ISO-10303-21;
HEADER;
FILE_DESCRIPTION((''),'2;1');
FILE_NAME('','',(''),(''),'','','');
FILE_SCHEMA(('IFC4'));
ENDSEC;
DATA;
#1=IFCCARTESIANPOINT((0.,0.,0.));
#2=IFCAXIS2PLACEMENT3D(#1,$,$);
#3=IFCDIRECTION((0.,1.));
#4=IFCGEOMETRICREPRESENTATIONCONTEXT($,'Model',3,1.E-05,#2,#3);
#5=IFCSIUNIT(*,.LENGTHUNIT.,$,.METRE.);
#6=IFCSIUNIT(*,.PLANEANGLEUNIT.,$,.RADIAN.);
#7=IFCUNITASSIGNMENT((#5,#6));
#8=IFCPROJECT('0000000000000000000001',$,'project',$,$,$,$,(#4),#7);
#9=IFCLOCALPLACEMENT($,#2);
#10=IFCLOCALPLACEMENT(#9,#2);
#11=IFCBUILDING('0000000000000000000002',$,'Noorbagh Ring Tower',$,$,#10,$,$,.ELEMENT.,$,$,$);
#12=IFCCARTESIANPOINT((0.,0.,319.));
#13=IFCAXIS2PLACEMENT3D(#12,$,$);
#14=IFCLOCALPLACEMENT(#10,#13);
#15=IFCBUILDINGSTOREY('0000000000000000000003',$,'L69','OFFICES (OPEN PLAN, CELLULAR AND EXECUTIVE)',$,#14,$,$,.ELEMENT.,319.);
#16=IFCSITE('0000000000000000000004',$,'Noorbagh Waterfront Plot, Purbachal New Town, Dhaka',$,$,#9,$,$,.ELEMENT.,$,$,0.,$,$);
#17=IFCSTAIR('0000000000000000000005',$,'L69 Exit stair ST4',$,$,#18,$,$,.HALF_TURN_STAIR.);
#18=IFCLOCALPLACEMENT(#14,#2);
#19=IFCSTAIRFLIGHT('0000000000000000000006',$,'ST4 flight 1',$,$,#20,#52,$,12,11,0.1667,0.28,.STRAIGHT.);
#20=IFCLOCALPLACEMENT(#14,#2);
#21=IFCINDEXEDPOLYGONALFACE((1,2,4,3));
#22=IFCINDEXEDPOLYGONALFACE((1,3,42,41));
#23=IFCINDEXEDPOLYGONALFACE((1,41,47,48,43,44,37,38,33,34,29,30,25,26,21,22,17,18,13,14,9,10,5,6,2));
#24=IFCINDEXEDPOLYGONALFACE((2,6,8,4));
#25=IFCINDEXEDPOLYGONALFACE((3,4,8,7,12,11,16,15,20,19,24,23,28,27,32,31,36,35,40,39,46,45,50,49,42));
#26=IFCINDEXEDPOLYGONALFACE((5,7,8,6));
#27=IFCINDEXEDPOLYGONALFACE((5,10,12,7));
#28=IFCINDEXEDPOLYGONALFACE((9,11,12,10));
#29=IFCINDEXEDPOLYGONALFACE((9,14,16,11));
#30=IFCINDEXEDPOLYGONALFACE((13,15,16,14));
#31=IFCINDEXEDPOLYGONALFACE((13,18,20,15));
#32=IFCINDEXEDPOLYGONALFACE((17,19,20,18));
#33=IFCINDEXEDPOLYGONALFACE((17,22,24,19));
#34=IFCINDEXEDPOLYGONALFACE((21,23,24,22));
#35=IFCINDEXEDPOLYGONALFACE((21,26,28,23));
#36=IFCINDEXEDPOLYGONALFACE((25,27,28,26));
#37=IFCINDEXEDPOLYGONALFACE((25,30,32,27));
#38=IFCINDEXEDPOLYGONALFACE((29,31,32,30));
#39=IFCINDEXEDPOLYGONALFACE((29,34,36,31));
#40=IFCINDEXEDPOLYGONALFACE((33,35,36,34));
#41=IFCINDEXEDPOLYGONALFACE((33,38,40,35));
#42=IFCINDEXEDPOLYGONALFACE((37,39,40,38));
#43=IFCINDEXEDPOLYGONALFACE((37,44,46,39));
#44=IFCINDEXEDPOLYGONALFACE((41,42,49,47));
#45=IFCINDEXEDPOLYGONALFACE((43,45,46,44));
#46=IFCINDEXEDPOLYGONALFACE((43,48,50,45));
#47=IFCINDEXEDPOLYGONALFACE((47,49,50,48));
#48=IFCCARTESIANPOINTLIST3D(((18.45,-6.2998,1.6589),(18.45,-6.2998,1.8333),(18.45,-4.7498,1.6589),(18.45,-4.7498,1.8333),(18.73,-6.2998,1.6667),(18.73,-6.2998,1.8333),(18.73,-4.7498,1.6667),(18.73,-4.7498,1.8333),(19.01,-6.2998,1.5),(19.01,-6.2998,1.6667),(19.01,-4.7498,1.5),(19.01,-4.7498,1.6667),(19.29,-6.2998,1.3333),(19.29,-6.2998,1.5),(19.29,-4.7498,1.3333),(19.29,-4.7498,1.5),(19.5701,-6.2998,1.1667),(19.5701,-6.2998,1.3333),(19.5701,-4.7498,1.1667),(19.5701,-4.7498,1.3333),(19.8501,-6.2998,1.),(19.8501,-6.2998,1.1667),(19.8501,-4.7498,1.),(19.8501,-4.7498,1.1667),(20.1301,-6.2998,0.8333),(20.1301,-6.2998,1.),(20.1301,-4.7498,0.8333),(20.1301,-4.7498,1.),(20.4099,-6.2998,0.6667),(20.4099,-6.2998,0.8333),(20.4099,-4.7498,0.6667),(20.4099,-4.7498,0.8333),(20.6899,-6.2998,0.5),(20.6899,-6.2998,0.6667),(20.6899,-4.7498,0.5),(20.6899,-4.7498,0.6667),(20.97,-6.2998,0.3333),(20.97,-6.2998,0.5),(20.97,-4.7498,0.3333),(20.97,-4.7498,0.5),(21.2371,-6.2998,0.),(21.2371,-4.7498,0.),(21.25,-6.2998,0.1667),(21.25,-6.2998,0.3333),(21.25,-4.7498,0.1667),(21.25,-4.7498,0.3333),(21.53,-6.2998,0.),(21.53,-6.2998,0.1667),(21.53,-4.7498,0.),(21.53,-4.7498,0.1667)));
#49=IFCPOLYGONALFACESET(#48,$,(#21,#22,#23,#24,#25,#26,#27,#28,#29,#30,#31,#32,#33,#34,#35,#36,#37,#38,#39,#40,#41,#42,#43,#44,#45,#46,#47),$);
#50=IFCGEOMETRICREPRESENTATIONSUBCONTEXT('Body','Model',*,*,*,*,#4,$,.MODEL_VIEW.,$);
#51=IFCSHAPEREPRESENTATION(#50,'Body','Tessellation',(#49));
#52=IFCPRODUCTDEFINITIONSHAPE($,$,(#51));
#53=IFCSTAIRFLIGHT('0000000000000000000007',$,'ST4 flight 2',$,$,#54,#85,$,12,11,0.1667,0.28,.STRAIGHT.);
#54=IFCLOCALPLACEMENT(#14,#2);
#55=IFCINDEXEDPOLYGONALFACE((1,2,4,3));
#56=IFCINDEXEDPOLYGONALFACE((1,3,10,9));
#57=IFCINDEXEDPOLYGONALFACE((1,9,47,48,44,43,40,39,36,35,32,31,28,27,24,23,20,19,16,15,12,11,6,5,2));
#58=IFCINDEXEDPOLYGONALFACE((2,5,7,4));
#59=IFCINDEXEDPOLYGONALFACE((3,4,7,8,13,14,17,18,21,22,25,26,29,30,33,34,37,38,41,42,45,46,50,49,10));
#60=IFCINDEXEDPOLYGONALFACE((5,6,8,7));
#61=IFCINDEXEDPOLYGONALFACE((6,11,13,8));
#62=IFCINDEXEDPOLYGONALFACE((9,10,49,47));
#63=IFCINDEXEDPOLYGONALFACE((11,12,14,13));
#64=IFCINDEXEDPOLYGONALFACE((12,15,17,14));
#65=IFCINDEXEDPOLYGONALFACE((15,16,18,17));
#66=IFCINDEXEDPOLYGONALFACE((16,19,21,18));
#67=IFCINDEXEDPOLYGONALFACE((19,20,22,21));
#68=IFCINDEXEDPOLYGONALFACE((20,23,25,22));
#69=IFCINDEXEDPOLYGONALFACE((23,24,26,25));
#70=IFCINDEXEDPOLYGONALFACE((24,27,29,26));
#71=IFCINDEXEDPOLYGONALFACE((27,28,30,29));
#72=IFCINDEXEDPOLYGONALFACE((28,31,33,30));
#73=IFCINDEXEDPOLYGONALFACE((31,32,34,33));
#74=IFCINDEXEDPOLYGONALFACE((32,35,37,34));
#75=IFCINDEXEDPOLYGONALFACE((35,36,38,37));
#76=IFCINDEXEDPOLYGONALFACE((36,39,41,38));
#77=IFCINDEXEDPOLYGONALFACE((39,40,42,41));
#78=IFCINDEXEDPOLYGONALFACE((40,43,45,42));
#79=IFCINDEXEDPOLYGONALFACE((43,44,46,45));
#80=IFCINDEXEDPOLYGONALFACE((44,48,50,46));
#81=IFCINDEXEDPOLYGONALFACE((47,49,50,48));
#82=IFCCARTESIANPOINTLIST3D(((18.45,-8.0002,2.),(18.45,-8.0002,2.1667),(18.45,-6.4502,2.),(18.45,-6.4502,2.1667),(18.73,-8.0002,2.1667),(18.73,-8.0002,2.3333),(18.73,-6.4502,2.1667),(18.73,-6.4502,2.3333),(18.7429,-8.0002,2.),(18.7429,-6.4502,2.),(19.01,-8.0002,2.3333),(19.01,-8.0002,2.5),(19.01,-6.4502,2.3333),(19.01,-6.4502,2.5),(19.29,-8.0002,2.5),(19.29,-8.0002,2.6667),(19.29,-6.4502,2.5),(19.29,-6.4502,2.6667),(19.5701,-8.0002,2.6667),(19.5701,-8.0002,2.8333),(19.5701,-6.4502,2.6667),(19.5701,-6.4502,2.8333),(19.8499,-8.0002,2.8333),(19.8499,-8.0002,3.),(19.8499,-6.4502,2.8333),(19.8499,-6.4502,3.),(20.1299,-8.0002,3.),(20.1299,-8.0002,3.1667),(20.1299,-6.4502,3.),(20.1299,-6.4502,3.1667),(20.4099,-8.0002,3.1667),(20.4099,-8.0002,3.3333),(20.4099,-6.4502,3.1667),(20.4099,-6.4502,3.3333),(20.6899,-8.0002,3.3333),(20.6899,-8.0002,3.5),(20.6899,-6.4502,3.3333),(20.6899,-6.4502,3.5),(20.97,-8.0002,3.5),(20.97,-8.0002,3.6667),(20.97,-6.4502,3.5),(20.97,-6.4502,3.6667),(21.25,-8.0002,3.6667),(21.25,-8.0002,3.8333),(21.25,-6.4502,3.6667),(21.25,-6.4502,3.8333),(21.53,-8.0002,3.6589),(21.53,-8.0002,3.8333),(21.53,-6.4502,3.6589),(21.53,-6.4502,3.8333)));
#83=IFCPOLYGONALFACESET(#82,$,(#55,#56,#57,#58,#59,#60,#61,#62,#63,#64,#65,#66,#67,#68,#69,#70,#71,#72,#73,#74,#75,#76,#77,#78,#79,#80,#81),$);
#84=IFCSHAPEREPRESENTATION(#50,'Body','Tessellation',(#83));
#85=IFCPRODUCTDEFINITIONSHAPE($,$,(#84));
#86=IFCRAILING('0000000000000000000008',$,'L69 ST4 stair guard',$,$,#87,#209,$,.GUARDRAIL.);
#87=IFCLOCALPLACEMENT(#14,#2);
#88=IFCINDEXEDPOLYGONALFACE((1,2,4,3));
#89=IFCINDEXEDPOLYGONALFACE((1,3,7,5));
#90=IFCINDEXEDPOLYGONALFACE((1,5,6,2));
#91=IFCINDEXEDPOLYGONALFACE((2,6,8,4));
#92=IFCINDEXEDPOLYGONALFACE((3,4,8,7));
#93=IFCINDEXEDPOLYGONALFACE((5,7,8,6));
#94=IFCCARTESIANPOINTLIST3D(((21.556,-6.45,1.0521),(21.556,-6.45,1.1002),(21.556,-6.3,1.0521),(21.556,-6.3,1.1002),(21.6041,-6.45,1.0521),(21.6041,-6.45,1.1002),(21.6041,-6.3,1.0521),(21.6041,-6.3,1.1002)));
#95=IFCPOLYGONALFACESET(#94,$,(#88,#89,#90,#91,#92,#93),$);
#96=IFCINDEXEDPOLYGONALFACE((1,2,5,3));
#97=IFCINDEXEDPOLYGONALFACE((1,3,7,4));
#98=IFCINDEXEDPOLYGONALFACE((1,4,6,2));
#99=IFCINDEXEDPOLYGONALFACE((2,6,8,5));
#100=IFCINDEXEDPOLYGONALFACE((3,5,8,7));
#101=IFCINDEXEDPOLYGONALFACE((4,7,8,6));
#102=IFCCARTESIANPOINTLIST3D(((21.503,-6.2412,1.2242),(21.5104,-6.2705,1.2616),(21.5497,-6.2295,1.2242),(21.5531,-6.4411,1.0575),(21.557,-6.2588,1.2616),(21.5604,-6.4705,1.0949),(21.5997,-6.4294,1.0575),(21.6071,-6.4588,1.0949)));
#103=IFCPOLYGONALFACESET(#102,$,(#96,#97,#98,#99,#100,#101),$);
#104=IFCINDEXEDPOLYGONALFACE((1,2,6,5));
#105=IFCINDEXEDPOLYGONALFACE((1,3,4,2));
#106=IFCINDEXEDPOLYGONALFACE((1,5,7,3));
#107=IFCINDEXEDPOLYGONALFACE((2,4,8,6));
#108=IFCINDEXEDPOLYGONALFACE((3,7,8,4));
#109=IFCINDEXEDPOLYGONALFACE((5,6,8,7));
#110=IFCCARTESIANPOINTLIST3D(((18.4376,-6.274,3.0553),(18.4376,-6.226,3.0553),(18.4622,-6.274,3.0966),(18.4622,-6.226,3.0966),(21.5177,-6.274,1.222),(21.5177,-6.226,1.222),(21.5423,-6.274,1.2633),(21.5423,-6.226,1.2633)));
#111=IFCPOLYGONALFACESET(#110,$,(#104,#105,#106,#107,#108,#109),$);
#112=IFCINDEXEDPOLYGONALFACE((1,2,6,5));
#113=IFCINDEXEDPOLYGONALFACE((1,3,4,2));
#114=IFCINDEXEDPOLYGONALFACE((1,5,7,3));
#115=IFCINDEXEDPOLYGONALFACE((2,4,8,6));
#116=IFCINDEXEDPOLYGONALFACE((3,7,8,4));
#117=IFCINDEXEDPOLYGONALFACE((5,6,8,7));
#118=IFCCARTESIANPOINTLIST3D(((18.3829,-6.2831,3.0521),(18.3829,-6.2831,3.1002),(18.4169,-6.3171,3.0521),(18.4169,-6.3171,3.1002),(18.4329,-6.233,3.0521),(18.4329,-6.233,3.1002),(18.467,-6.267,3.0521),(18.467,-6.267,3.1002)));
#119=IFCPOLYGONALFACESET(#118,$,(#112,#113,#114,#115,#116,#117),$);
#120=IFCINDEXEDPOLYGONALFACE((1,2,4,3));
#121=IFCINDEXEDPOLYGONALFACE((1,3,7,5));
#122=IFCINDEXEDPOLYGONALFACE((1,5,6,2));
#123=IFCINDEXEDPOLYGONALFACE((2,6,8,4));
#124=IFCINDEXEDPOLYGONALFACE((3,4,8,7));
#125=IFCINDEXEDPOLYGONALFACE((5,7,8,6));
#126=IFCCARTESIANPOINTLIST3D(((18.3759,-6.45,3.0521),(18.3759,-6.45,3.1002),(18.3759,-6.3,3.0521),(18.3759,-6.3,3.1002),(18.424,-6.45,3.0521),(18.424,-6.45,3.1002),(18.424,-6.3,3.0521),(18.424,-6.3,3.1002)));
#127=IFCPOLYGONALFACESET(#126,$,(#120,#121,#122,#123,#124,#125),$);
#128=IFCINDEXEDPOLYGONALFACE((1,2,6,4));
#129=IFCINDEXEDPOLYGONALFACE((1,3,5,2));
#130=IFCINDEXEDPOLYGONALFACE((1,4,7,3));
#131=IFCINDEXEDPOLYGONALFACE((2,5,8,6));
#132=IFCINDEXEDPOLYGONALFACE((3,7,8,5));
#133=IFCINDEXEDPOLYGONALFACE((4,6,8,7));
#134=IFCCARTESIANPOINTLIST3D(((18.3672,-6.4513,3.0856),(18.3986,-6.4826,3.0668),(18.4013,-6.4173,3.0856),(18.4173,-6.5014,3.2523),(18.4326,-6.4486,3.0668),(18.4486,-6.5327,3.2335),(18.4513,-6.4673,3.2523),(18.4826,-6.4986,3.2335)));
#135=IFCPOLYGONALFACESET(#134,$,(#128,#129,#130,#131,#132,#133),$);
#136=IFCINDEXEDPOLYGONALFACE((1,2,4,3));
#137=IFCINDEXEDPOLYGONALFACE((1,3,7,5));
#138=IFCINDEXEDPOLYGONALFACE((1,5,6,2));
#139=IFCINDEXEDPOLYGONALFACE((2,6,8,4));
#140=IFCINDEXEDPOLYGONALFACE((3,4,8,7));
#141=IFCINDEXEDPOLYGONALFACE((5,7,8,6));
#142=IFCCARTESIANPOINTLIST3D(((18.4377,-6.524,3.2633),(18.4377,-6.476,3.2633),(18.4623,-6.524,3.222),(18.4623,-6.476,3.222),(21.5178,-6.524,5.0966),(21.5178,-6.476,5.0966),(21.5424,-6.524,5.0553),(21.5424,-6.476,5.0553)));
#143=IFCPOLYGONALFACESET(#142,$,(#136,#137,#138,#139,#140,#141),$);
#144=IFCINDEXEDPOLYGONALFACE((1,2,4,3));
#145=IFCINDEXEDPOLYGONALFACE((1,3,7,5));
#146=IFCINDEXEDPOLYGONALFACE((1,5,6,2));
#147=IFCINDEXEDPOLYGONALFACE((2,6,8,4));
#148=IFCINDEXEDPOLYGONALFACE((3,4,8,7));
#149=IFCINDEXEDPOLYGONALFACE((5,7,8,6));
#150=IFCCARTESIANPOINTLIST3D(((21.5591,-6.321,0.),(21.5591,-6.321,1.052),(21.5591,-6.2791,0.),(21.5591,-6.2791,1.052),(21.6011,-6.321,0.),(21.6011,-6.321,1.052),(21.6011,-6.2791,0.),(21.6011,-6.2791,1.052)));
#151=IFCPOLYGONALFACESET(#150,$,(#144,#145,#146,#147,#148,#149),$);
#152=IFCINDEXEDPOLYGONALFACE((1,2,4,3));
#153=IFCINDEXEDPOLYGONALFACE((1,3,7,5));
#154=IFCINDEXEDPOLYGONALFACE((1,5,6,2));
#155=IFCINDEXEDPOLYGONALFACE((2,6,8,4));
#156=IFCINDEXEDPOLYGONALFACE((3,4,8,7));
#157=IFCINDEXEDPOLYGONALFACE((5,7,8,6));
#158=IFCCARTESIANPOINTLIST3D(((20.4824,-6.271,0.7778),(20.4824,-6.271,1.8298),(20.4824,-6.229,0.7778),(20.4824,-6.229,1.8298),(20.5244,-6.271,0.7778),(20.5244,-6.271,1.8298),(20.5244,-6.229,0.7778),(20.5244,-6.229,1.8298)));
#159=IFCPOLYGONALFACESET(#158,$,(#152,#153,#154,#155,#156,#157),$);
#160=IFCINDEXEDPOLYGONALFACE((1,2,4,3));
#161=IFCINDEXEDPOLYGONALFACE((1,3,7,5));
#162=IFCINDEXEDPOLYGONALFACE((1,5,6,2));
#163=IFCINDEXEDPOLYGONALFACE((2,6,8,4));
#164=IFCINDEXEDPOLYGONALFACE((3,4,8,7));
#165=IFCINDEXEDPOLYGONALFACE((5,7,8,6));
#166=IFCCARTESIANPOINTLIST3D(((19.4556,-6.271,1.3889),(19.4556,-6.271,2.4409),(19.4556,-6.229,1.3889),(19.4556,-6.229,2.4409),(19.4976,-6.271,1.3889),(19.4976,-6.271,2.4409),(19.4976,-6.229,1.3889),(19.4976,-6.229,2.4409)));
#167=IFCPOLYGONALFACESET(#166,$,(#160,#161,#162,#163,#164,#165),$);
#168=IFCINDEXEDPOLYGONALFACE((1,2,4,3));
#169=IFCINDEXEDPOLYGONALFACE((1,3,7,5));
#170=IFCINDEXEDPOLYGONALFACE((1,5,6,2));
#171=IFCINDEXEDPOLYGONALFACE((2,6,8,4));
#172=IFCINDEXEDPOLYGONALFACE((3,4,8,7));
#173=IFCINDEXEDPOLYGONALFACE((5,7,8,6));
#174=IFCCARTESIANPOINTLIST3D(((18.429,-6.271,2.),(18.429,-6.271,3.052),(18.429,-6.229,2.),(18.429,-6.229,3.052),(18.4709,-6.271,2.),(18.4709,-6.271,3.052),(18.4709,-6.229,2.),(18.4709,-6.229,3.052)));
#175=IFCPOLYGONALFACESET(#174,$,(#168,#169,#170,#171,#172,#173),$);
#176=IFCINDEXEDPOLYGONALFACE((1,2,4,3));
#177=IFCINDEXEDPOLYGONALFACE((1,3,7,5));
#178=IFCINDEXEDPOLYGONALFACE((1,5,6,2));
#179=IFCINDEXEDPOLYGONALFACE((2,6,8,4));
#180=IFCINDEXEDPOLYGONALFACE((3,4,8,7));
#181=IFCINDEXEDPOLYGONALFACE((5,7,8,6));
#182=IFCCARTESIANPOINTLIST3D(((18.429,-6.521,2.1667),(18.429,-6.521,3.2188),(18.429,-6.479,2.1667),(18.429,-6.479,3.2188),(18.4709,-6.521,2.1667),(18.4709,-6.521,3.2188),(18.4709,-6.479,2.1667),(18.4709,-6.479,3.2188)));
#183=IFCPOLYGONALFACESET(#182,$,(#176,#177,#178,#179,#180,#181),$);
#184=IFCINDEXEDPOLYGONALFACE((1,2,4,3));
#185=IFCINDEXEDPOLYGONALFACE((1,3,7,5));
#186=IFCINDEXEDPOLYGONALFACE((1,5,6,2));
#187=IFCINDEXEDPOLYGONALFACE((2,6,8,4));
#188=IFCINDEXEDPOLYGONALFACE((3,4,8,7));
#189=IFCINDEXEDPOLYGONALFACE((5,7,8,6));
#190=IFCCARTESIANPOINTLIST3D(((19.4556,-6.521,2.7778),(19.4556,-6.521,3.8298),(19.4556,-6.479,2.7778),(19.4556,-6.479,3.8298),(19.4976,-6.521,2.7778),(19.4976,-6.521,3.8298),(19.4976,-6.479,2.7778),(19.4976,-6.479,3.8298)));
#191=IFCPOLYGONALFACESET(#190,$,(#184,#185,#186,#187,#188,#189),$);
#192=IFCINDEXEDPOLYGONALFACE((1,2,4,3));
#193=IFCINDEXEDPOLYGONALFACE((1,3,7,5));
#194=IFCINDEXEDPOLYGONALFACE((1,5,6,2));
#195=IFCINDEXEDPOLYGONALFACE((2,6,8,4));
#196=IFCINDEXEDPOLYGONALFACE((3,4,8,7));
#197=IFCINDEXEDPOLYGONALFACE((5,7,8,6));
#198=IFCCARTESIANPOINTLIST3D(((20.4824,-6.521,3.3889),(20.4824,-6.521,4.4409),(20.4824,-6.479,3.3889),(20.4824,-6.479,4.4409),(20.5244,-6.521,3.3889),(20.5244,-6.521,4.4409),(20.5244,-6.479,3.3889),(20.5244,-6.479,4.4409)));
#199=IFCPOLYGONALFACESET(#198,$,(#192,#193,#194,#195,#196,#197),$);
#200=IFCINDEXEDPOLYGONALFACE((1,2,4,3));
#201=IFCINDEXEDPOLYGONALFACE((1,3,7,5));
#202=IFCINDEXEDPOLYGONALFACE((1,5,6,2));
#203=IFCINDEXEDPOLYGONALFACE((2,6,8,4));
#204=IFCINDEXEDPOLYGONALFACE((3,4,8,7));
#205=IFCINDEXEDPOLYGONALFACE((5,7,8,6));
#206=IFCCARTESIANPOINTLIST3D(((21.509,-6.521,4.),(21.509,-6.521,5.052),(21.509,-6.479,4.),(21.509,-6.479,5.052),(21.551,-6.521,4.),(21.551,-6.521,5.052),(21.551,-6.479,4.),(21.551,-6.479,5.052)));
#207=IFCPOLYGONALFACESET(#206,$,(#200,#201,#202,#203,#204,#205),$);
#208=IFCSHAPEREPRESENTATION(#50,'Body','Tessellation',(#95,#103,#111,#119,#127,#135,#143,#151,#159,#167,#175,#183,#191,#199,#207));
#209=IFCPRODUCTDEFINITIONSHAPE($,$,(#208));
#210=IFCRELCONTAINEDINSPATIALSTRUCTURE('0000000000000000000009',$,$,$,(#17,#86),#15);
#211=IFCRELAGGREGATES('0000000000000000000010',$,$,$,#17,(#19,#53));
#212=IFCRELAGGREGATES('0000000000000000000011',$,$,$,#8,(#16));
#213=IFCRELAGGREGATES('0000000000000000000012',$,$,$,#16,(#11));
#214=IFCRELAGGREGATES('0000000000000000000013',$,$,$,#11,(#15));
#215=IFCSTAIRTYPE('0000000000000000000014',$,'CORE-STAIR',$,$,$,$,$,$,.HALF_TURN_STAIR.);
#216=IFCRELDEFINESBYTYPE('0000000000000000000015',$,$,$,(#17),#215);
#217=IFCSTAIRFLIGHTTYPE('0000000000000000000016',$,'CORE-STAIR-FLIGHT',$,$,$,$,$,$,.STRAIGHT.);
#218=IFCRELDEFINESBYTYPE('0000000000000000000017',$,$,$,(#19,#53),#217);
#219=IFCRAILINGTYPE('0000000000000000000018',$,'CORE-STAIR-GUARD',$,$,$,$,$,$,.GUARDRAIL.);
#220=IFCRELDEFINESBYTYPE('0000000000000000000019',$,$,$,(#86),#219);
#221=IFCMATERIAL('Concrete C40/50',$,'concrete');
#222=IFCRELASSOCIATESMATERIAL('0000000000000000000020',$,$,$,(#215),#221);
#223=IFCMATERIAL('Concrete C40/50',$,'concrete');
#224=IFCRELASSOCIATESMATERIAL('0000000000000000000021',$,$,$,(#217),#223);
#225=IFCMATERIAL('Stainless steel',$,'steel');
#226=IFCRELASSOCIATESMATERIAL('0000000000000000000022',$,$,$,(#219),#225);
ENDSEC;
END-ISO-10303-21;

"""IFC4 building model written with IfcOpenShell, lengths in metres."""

from ifc_helpers import new_model, si_unit, direction, frame, origin, origin_2d, place, context, subcontext, project, spatial, polyline, rectangle, outline, extrude, material, type_object, element, aggregate, save


model = new_model("IFC4")

# Units and contexts
model_context = context("Model", 3, precision=1e-05, world=origin(), true_north=direction((0.0, 1.0)))
body_context = subcontext(model_context, "Body", "Model", "MODEL_VIEW")
ifc_project = project(units=[si_unit("LENGTHUNIT", "METRE"), si_unit("PLANEANGLEUNIT", "RADIAN")], contexts=[model_context])

# Site, building, storey
site_placement = place(None, origin())
site = spatial("IfcSite", under=ifc_project, at=site_placement, Name="Noorbagh Waterfront Plot, Purbachal New Town, Dhaka", CompositionType="ELEMENT", RefElevation=0.0)
building_placement = place(site_placement, origin())
building = spatial("IfcBuilding", under=site, at=building_placement, Name="Noorbagh Ring Tower", CompositionType="ELEMENT")
storey_placement = place(building_placement, frame((0.0, 0.0, 319.0)))
storey = spatial("IfcBuildingStorey", under=building, at=storey_placement, Name="L69", Description="OFFICES (OPEN PLAN, CELLULAR AND EXECUTIVE)", CompositionType="ELEMENT", Elevation=319.0)

# Stair, stair flights
ifc_material_1 = material(Name="Concrete C40/50", Category="concrete")
stair_type = type_object("IfcStairType", Name="CORE-STAIR", PredefinedType="HALF_TURN_STAIR", material=ifc_material_1)
stair_placement = place(storey_placement, origin())
stair = element("IfcStair", 1, at=stair_placement, inside=storey, type_object=stair_type, Name="L69 Exit stair ST4", PredefinedType="HALF_TURN_STAIR")
ifc_material_2 = material(Name="Concrete C40/50", Category="concrete")
stair_flight_type = type_object("IfcStairFlightType", Name="CORE-STAIR-FLIGHT", PredefinedType="STRAIGHT", material=ifc_material_2)
stair_flight_1_placement = place(storey_placement, frame((21.53, -5.5249, 0.0), z_axis=(0.0, 0.0, 1.0), x_axis=(-1.0, 0.0, 0.0)))
stair_flight_1 = element("IfcStairFlight", 2, at=stair_flight_1_placement, type_object=stair_flight_type, Name="ST4 flight 1", NumberOfRisers=12, NumberOfTreads=11, PredefinedType="STRAIGHT", RiserHeight=0.1667, TreadLength=0.28, context=body_context, shape_type="SweptSolid", body=[
    extrude(outline(polyline([(0.0, 0.0), (0.0, 0.1667), (0.28, 0.1667), (0.28, 0.3333), (0.5601, 0.3333), (0.5601, 0.5), (0.8401, 0.5), (0.8401, 0.6667), (1.1201, 0.6667), (1.1201, 0.8333), (1.3999, 0.8333), (1.3999, 1.0), (1.6799, 1.0), (1.6799, 1.1667), (1.96, 1.1667), (1.96, 1.3333), (2.24, 1.3333), (2.24, 1.5), (2.52, 1.5), (2.52, 1.6667), (2.8, 1.6667), (2.8, 1.8333), (3.0801, 1.8333), (3.0801, 2.0), (3.0801, 1.6589), (0.293, 0.0), (0.0, 0.0)])), frame((0.0, 0.7749, 0.0), z_axis=(0.0, -1.0, 0.0), x_axis=(1.0, 0.0, 0.0)), (0.0, 0.0, 1.0), 1.55),
])
stair_flight_2_placement = place(storey_placement, frame((18.45, -7.2251, 2.0), z_axis=(0.0, 0.0, 1.0), x_axis=(1.0, 0.0, 0.0)))
stair_flight_2 = element("IfcStairFlight", 3, at=stair_flight_2_placement, type_object=stair_flight_type, Name="ST4 flight 2", NumberOfRisers=12, NumberOfTreads=11, PredefinedType="STRAIGHT", RiserHeight=0.1667, TreadLength=0.28, context=body_context, shape_type="SweptSolid", body=[
    extrude(outline(polyline([(0.0, 0.0), (0.0, 0.1667), (0.28, 0.1667), (0.28, 0.3333), (0.5601, 0.3333), (0.5601, 0.5), (0.8401, 0.5), (0.8401, 0.6667), (1.1201, 0.6667), (1.1201, 0.8333), (1.3999, 0.8333), (1.3999, 1.0), (1.6799, 1.0), (1.6799, 1.1667), (1.96, 1.1667), (1.96, 1.3333), (2.24, 1.3333), (2.24, 1.5), (2.52, 1.5), (2.52, 1.6667), (2.8, 1.6667), (2.8, 1.8333), (3.0801, 1.8333), (3.0801, 2.0), (3.0801, 1.6589), (0.293, 0.0), (0.0, 0.0)])), frame((0.0, 0.7749, 0.0), z_axis=(0.0, -1.0, 0.0), x_axis=(1.0, 0.0, 0.0)), (0.0, 0.0, 1.0), 1.55),
])
aggregate(stair, [stair_flight_1, stair_flight_2])

# Railing
ifc_material_3 = material(Name="Stainless steel", Category="steel")
railing_type_1 = type_object("IfcRailingType", Name="CORE-STAIR-GUARD", PredefinedType="GUARDRAIL", material=ifc_material_3)
railing_1_placement = place(storey_placement, frame((21.5801, -6.3, 0.0)))
element("IfcRailing", 4, at=railing_1_placement, inside=storey, type_object=railing_type_1, Name="L69 ST4 stair guard", PredefinedType="GUARDRAIL", context=body_context, shape_type="SweptSolid", body=[
    extrude(rectangle(XDim=0.0481, YDim=0.0481, at=origin_2d()), frame((0.0, 0.0, 1.0762), z_axis=(0.0, -1.0, 0.0), x_axis=(1.0, 0.0, 0.0)), (0.0, 0.0, 1.0), 0.1499),
    extrude(rectangle(XDim=0.0481, YDim=0.0481, at=origin_2d()), frame((0.0, -0.1499, 1.0762), z_axis=(-0.188776, 0.754182, 0.628946), x_axis=(-0.970073, -0.242814, 0.0)), (0.0, 0.0, 1.0), 0.2651),
    extrude(rectangle(XDim=0.0481, YDim=0.0481, at=origin_2d()), frame((-0.05, 0.05, 1.2427), z_axis=(-0.859309, 0.0, 0.511458), x_axis=(0.0, -1.0, 0.0)), (0.0, 0.0, 1.0), 3.5845),
    extrude(rectangle(XDim=0.0481, YDim=0.0481, at=origin_2d()), frame((-3.1301, 0.05, 3.0762), z_axis=(-0.707107, -0.707107, 0.0), x_axis=(0.707107, -0.707107, 0.0)), (0.0, 0.0, 1.0), 0.0708),
    extrude(rectangle(XDim=0.0481, YDim=0.0481, at=origin_2d()), frame((-3.1802, 0.0, 3.0762), z_axis=(0.0, -1.0, 0.0), x_axis=(1.0, 0.0, 0.0)), (0.0, 0.0, 1.0), 0.1499),
    extrude(rectangle(XDim=0.0481, YDim=0.0481, at=origin_2d()), frame((-3.1802, -0.1499, 3.0762), z_axis=(0.276287, -0.276287, 0.920506), x_axis=(0.707107, 0.707107, 0.0)), (0.0, 0.0, 1.0), 0.1812),
    extrude(rectangle(XDim=0.0481, YDim=0.0481, at=origin_2d()), frame((-3.1301, -0.2, 3.2427), z_axis=(0.859309, 0.0, 0.511458), x_axis=(0.0, 1.0, 0.0)), (0.0, 0.0, 1.0), 3.5845),
    extrude(rectangle(XDim=0.042, YDim=0.042, at=origin_2d()), origin(), (0.0, 0.0, 1.0), 1.052),
    extrude(rectangle(XDim=0.042, YDim=0.042, at=origin_2d()), frame((-1.0767, 0.05, 0.7778)), (0.0, 0.0, 1.0), 1.052),
    extrude(rectangle(XDim=0.042, YDim=0.042, at=origin_2d()), frame((-2.1035, 0.05, 1.3889)), (0.0, 0.0, 1.0), 1.052),
    extrude(rectangle(XDim=0.042, YDim=0.042, at=origin_2d()), frame((-3.1301, 0.05, 2.0)), (0.0, 0.0, 1.0), 1.052),
    extrude(rectangle(XDim=0.042, YDim=0.042, at=origin_2d()), frame((-3.1301, -0.2, 2.1667)), (0.0, 0.0, 1.0), 1.052),
    extrude(rectangle(XDim=0.042, YDim=0.042, at=origin_2d()), frame((-2.1035, -0.2, 2.7778)), (0.0, 0.0, 1.0), 1.052),
    extrude(rectangle(XDim=0.042, YDim=0.042, at=origin_2d()), frame((-1.0767, -0.2, 3.3889)), (0.0, 0.0, 1.0), 1.052),
    extrude(rectangle(XDim=0.042, YDim=0.042, at=origin_2d()), frame((-0.05, -0.2, 4.0)), (0.0, 0.0, 1.0), 1.052),
])

save(model, "model.ifc")
